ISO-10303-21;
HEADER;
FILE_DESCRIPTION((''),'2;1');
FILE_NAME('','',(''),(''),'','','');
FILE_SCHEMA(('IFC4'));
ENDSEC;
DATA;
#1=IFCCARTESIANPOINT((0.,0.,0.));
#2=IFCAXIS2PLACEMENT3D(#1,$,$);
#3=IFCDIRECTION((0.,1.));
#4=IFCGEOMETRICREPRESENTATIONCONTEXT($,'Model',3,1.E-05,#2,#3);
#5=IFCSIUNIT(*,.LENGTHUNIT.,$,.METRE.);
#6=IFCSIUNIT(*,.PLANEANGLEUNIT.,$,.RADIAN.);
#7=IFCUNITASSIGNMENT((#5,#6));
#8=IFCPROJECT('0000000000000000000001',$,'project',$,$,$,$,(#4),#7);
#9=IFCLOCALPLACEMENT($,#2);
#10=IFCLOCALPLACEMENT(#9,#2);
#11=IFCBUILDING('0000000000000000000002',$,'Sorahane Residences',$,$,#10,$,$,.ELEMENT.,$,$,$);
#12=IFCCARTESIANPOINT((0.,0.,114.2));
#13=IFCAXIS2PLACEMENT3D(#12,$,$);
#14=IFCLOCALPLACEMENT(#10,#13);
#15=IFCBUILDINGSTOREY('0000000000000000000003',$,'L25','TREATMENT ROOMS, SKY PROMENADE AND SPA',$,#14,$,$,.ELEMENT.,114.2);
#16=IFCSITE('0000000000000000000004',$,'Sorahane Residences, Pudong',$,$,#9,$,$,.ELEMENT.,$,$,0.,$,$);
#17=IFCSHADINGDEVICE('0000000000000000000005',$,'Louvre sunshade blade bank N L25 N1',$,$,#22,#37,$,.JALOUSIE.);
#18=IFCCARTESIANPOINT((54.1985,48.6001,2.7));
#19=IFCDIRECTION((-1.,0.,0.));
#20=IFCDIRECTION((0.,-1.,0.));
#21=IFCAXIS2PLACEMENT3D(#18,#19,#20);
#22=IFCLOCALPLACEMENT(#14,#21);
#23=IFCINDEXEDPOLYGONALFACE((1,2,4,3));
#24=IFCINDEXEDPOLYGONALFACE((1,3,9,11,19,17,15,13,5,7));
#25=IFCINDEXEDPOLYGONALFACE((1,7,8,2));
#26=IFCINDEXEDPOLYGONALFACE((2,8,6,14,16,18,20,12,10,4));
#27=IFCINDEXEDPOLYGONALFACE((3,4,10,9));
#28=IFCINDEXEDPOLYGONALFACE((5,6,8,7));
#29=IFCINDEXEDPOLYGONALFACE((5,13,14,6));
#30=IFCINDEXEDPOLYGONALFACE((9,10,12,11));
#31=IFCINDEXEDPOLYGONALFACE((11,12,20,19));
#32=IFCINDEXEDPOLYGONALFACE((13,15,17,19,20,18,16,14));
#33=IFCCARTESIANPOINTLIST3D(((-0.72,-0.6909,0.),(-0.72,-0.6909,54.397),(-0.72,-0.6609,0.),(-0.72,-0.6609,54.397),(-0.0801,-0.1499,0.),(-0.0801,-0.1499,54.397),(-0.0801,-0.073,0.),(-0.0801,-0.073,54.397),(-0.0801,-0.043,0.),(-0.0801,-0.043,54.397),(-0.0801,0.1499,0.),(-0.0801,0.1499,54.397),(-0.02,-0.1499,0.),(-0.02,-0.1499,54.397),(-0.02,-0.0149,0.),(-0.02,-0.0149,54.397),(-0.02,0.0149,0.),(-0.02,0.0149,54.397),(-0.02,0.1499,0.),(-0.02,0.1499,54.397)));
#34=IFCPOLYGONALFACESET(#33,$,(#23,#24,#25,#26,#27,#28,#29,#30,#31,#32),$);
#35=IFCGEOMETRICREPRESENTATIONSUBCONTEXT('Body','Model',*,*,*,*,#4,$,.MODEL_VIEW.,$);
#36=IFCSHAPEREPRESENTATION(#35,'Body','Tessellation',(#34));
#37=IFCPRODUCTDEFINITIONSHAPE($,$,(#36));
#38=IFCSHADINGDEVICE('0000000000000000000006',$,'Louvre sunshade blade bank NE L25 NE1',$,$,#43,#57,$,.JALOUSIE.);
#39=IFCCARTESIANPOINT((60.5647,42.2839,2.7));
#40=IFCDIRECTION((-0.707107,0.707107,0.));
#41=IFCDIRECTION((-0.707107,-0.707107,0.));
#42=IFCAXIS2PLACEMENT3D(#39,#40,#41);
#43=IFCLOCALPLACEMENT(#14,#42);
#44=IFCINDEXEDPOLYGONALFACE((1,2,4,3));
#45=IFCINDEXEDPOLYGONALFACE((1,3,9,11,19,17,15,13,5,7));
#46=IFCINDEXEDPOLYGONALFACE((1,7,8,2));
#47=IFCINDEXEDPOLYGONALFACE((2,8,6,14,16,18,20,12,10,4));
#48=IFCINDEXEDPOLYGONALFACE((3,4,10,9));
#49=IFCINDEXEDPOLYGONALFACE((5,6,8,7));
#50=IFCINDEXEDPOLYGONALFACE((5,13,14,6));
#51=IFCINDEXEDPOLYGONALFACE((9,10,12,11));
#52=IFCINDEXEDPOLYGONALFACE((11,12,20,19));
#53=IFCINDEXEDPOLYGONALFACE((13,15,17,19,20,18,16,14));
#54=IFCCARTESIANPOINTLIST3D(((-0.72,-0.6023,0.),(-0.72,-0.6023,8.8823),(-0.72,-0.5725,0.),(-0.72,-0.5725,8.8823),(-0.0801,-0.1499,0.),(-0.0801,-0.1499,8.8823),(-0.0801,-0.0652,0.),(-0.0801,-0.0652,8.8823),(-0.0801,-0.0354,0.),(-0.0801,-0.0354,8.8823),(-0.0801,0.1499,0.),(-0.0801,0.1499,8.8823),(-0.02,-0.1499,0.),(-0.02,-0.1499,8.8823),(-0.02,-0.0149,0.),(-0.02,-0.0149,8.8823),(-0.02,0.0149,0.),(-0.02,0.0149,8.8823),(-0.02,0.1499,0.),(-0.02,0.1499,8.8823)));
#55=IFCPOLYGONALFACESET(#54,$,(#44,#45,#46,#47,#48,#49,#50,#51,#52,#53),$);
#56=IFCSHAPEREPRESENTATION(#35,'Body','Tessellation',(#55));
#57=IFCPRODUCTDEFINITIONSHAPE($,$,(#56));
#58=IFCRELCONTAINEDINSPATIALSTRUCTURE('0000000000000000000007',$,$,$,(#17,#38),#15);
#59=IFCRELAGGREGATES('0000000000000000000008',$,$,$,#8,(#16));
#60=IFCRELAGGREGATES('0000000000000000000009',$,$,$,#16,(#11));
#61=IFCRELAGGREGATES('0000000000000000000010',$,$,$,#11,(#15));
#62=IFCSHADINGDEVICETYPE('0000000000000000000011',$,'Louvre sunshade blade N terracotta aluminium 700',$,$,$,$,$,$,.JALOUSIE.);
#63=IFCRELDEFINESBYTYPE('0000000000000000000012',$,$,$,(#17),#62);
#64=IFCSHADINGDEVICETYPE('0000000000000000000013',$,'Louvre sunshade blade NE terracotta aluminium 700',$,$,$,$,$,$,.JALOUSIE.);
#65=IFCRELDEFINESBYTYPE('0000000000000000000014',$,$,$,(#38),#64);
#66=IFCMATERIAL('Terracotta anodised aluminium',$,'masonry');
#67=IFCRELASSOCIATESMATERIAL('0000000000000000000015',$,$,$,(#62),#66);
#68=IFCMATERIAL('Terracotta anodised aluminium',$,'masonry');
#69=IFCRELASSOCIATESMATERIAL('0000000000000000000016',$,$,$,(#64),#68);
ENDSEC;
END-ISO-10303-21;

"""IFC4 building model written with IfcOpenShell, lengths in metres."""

from ifc_helpers import new_model, si_unit, direction, frame, origin, place, context, subcontext, project, spatial, polyline, outline, extrude, material, type_object, element, save


model = new_model("IFC4")

# Units and contexts
model_context = context("Model", 3, precision=1e-05, world=origin(), true_north=direction((0.0, 1.0)))
body_context = subcontext(model_context, "Body", "Model", "MODEL_VIEW")
ifc_project = project(units=[si_unit("LENGTHUNIT", "METRE"), si_unit("PLANEANGLEUNIT", "RADIAN")], contexts=[model_context])

# Site, building, storey
site_placement = place(None, origin())
site = spatial("IfcSite", under=ifc_project, at=site_placement, Name="Sorahane Residences, Pudong", CompositionType="ELEMENT", RefElevation=0.0)
building_placement = place(site_placement, origin())
building = spatial("IfcBuilding", under=site, at=building_placement, Name="Sorahane Residences", CompositionType="ELEMENT")
storey_placement = place(building_placement, frame((0.0, 0.0, 114.2)))
storey = spatial("IfcBuildingStorey", under=building, at=storey_placement, Name="L25", Description="TREATMENT ROOMS, SKY PROMENADE AND SPA", CompositionType="ELEMENT", Elevation=114.2)

# Shading devices
ifc_material_1 = material(Name="Terracotta anodised aluminium", Category="masonry")
shading_device_type_1 = type_object("IfcShadingDeviceType", Name="Louvre sunshade blade N terracotta aluminium 700", PredefinedType="JALOUSIE", material=ifc_material_1)
shading_device_1_placement = place(storey_placement, frame((54.1985, 48.6001, 2.7), z_axis=(-1.0, 0.0, 0.0), x_axis=(0.0, -1.0, 0.0)))
element("IfcShadingDevice", 1, at=shading_device_1_placement, inside=storey, type_object=shading_device_type_1, Name="Louvre sunshade blade bank N L25 N1", PredefinedType="JALOUSIE", context=body_context, shape_type="SweptSolid", body=[
    extrude(outline(polyline([(-0.72, -0.6609), (-0.72, -0.6909), (-0.0801, -0.073), (-0.0801, -0.1499), (-0.02, -0.1499), (-0.02, -0.0149), (-0.02, 0.0149), (-0.02, 0.1499), (-0.0801, 0.1499), (-0.0801, -0.043), (-0.72, -0.6609)])), origin(), (0.0, 0.0, 1.0), 54.397),
])
ifc_material_2 = material(Name="Terracotta anodised aluminium", Category="masonry")
shading_device_type_2 = type_object("IfcShadingDeviceType", Name="Louvre sunshade blade NE terracotta aluminium 700", PredefinedType="JALOUSIE", material=ifc_material_2)
shading_device_2_placement = place(storey_placement, frame((60.5647, 42.2839, 2.7), z_axis=(-0.707107, 0.707107, 0.0), x_axis=(-0.707107, -0.707107, 0.0)))
element("IfcShadingDevice", 2, at=shading_device_2_placement, inside=storey, type_object=shading_device_type_2, Name="Louvre sunshade blade bank NE L25 NE1", PredefinedType="JALOUSIE", context=body_context, shape_type="SweptSolid", body=[
    extrude(outline(polyline([(-0.72, -0.5725), (-0.72, -0.6023), (-0.0801, -0.0652), (-0.0801, -0.1499), (-0.02, -0.1499), (-0.02, -0.0149), (-0.02, 0.0149), (-0.02, 0.1499), (-0.0801, 0.1499), (-0.0801, -0.0354), (-0.72, -0.5725)])), origin(), (0.0, 0.0, 1.0), 8.8823),
])

save(model, "model.ifc")
